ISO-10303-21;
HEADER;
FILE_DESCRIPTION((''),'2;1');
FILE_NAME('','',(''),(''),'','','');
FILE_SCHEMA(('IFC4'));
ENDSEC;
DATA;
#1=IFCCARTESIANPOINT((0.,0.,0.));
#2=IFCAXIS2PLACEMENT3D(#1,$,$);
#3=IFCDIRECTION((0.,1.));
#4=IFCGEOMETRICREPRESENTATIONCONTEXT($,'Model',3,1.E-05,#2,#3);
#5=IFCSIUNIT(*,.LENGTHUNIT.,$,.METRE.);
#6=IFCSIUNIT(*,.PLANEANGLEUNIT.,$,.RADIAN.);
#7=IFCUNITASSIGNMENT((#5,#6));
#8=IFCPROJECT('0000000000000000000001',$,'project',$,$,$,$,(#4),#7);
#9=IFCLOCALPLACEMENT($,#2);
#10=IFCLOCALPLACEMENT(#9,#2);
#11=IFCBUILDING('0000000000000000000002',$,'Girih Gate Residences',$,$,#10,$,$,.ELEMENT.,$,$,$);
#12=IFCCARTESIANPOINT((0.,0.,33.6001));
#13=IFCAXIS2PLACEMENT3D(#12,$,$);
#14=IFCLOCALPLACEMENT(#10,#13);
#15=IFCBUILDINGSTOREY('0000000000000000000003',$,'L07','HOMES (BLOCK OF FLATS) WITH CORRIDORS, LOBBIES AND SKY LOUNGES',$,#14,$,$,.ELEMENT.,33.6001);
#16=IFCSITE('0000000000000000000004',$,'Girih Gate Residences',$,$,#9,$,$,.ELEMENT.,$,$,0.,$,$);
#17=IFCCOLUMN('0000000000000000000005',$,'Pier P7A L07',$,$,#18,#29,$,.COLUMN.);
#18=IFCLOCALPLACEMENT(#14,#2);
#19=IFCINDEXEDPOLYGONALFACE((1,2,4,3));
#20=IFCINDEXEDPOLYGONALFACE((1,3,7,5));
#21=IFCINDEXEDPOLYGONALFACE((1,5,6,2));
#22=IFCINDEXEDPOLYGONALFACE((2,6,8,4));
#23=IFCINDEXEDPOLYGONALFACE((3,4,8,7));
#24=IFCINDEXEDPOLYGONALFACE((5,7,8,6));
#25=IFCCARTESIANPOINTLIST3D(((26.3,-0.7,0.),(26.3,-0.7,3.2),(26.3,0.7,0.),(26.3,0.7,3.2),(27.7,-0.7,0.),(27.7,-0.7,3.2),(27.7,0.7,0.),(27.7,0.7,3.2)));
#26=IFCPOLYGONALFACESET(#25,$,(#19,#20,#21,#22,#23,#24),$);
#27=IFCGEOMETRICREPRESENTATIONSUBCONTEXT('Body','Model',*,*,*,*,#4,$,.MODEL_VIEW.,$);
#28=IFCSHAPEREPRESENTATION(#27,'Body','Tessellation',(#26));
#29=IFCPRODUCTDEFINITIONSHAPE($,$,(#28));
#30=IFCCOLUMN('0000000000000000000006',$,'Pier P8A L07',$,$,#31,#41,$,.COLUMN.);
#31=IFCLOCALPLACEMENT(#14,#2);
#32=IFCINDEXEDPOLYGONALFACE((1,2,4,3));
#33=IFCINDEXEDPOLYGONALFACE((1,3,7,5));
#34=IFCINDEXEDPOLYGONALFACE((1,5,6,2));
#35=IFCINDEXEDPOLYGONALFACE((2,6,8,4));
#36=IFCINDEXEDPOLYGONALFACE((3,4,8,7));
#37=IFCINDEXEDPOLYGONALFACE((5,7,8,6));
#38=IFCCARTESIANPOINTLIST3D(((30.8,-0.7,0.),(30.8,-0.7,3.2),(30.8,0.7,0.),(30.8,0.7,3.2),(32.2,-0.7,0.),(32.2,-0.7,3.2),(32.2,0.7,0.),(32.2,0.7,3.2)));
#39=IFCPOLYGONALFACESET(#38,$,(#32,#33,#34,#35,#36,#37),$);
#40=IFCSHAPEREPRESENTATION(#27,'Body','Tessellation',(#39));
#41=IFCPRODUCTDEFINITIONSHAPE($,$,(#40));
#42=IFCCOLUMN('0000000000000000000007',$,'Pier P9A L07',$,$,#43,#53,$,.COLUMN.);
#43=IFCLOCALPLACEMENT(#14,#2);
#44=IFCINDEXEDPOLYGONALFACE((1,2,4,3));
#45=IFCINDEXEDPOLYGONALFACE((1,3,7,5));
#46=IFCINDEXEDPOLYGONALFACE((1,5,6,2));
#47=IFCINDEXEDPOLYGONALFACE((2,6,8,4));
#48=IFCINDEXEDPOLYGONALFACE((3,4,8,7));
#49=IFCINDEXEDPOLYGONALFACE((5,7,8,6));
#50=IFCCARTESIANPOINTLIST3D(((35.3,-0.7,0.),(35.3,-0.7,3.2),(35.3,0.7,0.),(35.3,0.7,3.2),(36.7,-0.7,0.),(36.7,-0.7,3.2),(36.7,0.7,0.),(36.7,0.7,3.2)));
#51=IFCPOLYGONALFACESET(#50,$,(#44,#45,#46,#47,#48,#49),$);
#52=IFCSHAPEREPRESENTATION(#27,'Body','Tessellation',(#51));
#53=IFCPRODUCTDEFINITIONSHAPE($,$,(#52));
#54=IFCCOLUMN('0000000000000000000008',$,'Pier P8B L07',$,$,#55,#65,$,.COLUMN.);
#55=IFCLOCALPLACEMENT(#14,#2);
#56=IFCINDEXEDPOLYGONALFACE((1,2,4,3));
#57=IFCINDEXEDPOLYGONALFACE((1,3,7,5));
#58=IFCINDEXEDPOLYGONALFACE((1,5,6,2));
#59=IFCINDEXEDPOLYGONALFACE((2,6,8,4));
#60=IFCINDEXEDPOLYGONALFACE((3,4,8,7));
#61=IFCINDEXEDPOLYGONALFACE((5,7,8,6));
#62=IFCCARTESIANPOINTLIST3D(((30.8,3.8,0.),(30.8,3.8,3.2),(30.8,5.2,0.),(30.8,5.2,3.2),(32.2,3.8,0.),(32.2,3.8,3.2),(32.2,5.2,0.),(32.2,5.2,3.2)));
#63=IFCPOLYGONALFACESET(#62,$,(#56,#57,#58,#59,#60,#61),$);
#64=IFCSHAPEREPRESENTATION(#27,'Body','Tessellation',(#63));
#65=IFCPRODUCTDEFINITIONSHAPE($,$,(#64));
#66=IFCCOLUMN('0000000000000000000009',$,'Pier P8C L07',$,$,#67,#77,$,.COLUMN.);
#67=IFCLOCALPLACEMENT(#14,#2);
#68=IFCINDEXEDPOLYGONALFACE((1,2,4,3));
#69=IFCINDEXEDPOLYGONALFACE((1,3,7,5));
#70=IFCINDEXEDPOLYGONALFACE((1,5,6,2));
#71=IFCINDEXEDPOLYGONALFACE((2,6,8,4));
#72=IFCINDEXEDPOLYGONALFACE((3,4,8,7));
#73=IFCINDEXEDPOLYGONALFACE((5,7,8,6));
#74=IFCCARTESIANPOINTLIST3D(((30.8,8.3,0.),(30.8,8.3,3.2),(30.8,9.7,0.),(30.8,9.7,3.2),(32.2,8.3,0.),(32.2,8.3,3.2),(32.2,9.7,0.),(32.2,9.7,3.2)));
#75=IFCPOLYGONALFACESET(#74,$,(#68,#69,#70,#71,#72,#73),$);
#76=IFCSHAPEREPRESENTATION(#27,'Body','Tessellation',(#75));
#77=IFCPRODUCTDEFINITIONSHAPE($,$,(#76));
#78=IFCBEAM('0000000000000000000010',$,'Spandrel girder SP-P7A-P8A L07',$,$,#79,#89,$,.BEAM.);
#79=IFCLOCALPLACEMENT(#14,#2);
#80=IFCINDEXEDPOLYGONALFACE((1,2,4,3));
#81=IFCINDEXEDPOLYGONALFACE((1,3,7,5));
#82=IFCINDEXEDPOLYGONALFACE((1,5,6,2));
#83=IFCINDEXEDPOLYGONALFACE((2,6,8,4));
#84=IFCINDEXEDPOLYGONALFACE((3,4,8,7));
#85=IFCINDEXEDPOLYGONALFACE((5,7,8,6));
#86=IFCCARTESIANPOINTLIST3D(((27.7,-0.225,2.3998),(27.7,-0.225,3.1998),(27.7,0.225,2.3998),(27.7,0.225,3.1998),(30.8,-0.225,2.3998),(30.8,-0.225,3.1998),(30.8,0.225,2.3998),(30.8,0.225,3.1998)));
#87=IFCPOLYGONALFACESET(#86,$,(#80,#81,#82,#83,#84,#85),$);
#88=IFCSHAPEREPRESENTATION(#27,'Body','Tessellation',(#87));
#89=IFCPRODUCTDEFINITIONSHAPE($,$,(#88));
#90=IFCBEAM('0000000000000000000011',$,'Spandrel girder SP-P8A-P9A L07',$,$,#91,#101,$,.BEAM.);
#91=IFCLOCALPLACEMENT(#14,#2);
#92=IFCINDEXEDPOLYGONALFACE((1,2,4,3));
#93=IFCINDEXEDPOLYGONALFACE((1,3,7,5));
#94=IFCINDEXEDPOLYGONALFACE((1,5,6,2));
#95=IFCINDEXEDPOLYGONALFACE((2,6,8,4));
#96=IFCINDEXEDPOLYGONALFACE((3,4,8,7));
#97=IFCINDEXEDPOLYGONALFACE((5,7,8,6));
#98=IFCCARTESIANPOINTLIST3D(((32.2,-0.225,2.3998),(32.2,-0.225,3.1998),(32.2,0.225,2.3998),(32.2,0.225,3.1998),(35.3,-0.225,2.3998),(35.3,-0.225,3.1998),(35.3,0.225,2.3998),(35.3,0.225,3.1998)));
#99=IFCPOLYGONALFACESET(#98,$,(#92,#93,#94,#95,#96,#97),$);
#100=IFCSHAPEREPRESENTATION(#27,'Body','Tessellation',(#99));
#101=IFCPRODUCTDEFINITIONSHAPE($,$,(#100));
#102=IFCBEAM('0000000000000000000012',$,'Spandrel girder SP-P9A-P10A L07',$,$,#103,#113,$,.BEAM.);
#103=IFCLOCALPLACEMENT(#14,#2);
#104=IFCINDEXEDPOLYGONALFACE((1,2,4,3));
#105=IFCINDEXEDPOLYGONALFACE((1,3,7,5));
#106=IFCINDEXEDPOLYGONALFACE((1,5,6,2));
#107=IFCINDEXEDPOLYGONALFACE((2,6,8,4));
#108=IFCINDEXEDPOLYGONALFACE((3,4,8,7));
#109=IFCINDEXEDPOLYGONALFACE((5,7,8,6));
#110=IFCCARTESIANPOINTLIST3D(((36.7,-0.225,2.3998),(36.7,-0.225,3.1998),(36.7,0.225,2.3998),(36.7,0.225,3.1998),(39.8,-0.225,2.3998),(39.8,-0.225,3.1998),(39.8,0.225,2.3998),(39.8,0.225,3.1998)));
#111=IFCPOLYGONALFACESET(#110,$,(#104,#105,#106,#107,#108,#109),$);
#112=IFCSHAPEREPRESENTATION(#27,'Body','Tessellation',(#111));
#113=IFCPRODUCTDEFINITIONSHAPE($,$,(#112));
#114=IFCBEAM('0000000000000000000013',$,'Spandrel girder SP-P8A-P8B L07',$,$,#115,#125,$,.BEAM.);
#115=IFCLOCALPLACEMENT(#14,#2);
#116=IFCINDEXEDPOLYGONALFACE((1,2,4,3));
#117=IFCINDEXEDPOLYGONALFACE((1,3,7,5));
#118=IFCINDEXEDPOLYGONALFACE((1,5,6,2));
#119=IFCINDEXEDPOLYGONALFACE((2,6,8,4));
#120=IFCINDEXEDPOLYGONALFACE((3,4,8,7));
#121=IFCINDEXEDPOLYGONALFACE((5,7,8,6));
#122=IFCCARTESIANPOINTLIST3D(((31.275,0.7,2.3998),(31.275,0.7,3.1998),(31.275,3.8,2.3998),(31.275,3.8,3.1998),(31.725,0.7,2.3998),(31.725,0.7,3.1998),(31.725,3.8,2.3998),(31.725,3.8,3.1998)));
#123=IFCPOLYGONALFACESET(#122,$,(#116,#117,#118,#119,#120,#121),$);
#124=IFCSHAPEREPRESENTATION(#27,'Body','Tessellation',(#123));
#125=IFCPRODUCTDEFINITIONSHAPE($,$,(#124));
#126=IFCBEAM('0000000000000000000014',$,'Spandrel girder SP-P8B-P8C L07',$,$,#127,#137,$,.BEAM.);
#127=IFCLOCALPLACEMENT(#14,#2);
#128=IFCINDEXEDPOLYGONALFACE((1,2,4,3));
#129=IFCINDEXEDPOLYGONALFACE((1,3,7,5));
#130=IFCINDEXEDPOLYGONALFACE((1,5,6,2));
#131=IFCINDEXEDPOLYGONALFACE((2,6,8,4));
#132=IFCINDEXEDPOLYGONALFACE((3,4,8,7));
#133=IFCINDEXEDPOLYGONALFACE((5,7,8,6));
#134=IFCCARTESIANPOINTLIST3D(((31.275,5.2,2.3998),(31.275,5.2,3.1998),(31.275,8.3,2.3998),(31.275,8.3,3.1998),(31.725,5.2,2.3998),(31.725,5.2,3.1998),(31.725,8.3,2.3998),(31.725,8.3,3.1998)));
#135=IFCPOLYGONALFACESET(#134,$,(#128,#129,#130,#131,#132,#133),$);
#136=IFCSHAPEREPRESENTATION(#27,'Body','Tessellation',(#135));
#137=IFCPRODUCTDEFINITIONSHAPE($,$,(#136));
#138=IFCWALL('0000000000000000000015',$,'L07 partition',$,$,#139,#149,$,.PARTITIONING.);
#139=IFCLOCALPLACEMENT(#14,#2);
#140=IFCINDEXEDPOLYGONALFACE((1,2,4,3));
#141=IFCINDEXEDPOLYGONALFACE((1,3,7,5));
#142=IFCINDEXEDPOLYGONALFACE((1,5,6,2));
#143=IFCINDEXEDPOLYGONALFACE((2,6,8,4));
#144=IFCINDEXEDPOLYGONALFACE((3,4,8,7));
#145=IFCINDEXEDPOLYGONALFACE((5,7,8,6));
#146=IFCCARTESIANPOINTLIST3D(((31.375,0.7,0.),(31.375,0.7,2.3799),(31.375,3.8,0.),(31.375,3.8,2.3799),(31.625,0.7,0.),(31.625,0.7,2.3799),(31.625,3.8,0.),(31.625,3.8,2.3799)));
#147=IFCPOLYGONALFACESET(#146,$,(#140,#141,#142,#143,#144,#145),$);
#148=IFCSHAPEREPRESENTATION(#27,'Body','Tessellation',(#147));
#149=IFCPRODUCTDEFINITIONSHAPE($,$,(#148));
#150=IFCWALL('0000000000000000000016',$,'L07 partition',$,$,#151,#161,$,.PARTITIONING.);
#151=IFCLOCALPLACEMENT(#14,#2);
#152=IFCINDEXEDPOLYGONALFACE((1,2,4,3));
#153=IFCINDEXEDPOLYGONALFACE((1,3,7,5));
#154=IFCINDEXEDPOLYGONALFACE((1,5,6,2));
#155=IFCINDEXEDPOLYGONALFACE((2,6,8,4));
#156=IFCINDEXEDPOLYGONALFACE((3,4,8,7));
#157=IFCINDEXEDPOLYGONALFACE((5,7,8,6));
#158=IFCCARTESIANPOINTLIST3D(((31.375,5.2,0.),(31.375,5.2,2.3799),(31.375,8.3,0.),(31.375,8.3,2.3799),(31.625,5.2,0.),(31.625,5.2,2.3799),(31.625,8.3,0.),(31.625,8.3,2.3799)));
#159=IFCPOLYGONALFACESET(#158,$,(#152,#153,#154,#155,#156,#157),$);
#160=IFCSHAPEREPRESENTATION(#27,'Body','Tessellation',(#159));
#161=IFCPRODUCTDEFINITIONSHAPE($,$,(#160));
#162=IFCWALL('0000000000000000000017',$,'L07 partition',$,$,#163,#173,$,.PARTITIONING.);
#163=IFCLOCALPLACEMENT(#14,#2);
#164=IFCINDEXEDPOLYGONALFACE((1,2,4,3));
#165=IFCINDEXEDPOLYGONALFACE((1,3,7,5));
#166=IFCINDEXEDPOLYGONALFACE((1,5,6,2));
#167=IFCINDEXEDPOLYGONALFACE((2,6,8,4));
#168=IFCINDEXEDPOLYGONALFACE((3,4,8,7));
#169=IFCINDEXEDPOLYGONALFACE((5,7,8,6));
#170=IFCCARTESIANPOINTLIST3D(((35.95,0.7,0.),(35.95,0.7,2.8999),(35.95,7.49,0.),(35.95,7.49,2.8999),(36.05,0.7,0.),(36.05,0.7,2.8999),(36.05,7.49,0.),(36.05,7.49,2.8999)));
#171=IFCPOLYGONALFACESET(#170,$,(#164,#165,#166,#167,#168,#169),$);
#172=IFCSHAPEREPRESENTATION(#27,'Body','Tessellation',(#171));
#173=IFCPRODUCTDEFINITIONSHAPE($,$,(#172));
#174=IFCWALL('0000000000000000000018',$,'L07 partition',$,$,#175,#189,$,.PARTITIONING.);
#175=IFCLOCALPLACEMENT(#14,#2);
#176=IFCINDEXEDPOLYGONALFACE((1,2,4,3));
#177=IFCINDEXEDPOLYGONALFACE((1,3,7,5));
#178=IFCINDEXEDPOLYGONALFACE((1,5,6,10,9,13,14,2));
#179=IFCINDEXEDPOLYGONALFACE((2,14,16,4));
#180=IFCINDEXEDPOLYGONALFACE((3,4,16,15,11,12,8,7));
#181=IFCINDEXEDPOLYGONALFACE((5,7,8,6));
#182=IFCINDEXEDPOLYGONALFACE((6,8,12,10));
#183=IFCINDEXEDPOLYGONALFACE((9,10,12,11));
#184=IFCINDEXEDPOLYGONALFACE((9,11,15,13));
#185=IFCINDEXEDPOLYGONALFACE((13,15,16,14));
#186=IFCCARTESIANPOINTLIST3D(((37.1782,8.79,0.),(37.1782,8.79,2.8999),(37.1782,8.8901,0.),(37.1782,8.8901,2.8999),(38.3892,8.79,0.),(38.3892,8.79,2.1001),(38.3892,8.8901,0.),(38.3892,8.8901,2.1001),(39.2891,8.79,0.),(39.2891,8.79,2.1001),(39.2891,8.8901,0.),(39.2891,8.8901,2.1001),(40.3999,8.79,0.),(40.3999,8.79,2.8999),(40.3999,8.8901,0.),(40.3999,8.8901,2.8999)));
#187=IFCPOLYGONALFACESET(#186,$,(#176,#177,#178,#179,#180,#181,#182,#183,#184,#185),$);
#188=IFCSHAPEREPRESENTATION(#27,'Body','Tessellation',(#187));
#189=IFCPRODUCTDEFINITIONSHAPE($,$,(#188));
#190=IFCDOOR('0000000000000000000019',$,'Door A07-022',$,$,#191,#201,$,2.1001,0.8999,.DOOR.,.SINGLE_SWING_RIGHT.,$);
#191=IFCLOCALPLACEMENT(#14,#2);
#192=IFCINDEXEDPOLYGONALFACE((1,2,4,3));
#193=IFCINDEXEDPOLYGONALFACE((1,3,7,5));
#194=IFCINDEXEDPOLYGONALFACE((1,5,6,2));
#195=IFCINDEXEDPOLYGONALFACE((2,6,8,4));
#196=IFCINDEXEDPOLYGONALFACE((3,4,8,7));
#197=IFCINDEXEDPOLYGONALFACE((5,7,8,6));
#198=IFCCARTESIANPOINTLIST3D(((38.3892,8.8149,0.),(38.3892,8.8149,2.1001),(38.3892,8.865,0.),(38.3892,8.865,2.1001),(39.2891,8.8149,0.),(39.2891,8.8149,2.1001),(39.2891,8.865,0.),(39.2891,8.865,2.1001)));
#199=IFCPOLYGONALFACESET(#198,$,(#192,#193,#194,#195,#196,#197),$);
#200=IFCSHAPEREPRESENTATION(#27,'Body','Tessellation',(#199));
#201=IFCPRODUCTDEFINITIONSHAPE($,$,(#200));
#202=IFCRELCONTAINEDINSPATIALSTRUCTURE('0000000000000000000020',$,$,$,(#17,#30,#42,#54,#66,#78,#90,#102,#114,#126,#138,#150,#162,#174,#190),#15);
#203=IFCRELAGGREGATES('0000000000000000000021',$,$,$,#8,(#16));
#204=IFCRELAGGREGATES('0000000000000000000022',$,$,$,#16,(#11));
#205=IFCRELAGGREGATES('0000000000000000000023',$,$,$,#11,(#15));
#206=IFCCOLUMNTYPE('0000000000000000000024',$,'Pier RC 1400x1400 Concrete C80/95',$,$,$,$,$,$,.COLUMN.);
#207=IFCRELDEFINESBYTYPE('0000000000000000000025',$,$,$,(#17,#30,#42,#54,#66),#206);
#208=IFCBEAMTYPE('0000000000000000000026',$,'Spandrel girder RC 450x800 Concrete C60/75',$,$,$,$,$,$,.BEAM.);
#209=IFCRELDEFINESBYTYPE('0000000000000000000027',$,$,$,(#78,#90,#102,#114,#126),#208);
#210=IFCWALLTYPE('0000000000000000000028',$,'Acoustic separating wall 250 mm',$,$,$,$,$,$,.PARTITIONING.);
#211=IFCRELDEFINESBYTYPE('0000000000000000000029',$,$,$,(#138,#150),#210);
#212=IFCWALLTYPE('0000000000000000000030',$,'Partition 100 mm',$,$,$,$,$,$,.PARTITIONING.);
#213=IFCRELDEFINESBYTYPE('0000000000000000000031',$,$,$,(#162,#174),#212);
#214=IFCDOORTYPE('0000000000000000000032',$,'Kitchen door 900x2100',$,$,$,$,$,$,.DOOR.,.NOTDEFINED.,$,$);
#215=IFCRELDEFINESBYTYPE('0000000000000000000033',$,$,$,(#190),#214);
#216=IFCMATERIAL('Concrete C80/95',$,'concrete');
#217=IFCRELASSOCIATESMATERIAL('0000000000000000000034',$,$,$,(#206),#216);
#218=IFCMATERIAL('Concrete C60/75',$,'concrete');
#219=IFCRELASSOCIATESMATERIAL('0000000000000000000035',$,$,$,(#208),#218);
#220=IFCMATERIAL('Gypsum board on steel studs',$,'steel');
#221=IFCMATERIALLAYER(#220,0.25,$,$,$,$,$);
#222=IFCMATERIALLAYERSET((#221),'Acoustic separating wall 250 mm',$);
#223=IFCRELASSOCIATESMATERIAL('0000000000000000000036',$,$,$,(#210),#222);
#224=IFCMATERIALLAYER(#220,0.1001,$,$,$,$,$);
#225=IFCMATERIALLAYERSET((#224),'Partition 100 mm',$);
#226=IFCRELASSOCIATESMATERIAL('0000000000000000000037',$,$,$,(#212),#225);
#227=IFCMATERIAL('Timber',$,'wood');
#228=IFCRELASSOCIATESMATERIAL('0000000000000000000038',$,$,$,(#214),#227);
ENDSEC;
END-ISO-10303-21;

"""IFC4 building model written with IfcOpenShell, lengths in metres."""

from ifc_helpers import new_model, si_unit, direction, frame, frame_2d, origin, origin_2d, place, context, subcontext, project, spatial, rectangle, extrude, material, layer, layer_set, material_profile, profile_set, type_object, element, fill, save


model = new_model("IFC4")

# Units and contexts
model_context = context("Model", 3, precision=1e-05, world=origin(), true_north=direction((0.0, 1.0)))
body_context = subcontext(model_context, "Body", "Model", "MODEL_VIEW")
ifc_project = project(units=[si_unit("LENGTHUNIT", "METRE"), si_unit("PLANEANGLEUNIT", "RADIAN")], contexts=[model_context])

# Site, building, storey
site_placement = place(None, origin())
site = spatial("IfcSite", under=ifc_project, at=site_placement, Name="Girih Gate Residences", CompositionType="ELEMENT", RefElevation=0.0)
building_placement = place(site_placement, origin())
building = spatial("IfcBuilding", under=site, at=building_placement, Name="Girih Gate Residences", CompositionType="ELEMENT")
storey_placement = place(building_placement, frame((0.0, 0.0, 33.6001)))
storey = spatial("IfcBuildingStorey", under=building, at=storey_placement, Name="L07", Description="HOMES (BLOCK OF FLATS) WITH CORRIDORS, LOBBIES AND SKY LOUNGES", CompositionType="ELEMENT", Elevation=33.6001)

# Columns
ifc_material_1 = material(Name="Concrete C80/95", Category="concrete")
ifc_material_profile_1 = material_profile(ifc_material_1, rectangle(XDim=1.3999, YDim=1.3999, at=origin_2d()))
ifc_profile_set_1 = profile_set([ifc_material_profile_1], Name="Concrete C80/95")
column_type = type_object("IfcColumnType", Name="Pier RC 1400x1400 Concrete C80/95", PredefinedType="COLUMN", material=ifc_profile_set_1)
for number, where, z_axis, x_axis, name in (
    (1, (27.0, 0.0, 0.0), (0.0, 0.0, 1.0), (1.0, 0.0, 0.0), "Pier P7A L07"),
    (2, (31.5, 0.0, 0.0), (0.0, 0.0, 1.0), (1.0, 0.0, 0.0), "Pier P8A L07"),
    (3, (36.0, 0.0, 0.0), (0.0, 0.0, 1.0), (1.0, 0.0, 0.0), "Pier P9A L07"),
    (4, (31.5, 4.5, 0.0), (0.0, 0.0, 1.0), (1.0, 0.0, 0.0), "Pier P8B L07"),
    (5, (31.5, 9.0, 0.0), (0.0, 0.0, 1.0), (1.0, 0.0, 0.0), "Pier P8C L07"),
):
    element("IfcColumn", number, at=place(storey_placement, frame(where, z_axis=z_axis, x_axis=x_axis)), inside=storey, type_object=column_type, Name=name, PredefinedType="COLUMN", context=body_context, shape_type="SweptSolid", body=[
        extrude(rectangle(XDim=1.3999, YDim=1.3999, at=origin_2d()), origin(), (0.0, 0.0, 1.0), 3.2),
    ])

# Beams
ifc_material_2 = material(Name="Concrete C60/75", Category="concrete")
ifc_material_profile_2 = material_profile(ifc_material_2, rectangle(XDim=0.45, YDim=0.8, at=origin_2d()))
ifc_profile_set_2 = profile_set([ifc_material_profile_2], Name="Concrete C60/75")
beam_type = type_object("IfcBeamType", Name="Spandrel girder RC 450x800 Concrete C60/75", PredefinedType="BEAM", material=ifc_profile_set_2)
for number, where, z_axis, x_axis, name in (
    (6, (27.7, 0.0, 2.7998), (1.0, 0.0, 0.0), (0.0, 1.0, 0.0), "Spandrel girder SP-P7A-P8A L07"),
    (7, (32.2, 0.0, 2.7998), (1.0, 0.0, 0.0), (0.0, 1.0, 0.0), "Spandrel girder SP-P8A-P9A L07"),
    (8, (36.7, 0.0, 2.7998), (1.0, 0.0, 0.0), (0.0, 1.0, 0.0), "Spandrel girder SP-P9A-P10A L07"),
    (9, (31.5, 0.7, 2.7998), (0.0, 1.0, 0.0), (-1.0, 0.0, 0.0), "Spandrel girder SP-P8A-P8B L07"),
    (10, (31.5, 5.2, 2.7998), (0.0, 1.0, 0.0), (-1.0, 0.0, 0.0), "Spandrel girder SP-P8B-P8C L07"),
):
    element("IfcBeam", number, at=place(storey_placement, frame(where, z_axis=z_axis, x_axis=x_axis)), inside=storey, type_object=beam_type, Name=name, PredefinedType="BEAM", context=body_context, shape_type="SweptSolid", body=[
        extrude(rectangle(XDim=0.45, YDim=0.8, at=origin_2d()), origin(), (0.0, 0.0, 1.0), 3.1001),
    ])

# Walls
ifc_material_3 = material(Name="Gypsum board on steel studs", Category="steel")
ifc_layer_1 = layer(ifc_material_3, 0.25)
ifc_layer_set_1 = layer_set([ifc_layer_1], Name="Acoustic separating wall 250 mm")
wall_type_1 = type_object("IfcWallType", Name="Acoustic separating wall 250 mm", PredefinedType="PARTITIONING", material=ifc_layer_set_1)
for number, where, z_axis, x_axis, name in (
    (11, (31.5, 0.7, 0.0), (0.0, 0.0, 1.0), (0.0, 1.0, 0.0), "L07 partition"),
    (12, (31.5, 5.2, 0.0), (0.0, 0.0, 1.0), (0.0, 1.0, 0.0), "L07 partition"),
):
    element("IfcWall", number, at=place(storey_placement, frame(where, z_axis=z_axis, x_axis=x_axis)), inside=storey, type_object=wall_type_1, Name=name, PredefinedType="PARTITIONING", context=body_context, shape_type="SweptSolid", body=[
        extrude(rectangle(XDim=3.1001, YDim=0.25, at=frame_2d((1.55, 0.0))), origin(), (0.0, 0.0, 1.0), 2.3799),
    ])
ifc_layer_2 = layer(ifc_material_3, 0.1001)
ifc_layer_set_2 = layer_set([ifc_layer_2], Name="Partition 100 mm")
wall_type_2 = type_object("IfcWallType", Name="Partition 100 mm", PredefinedType="PARTITIONING", material=ifc_layer_set_2)
wall_1_placement = place(storey_placement, frame((36.0, 0.7, 0.0), z_axis=(0.0, 0.0, 1.0), x_axis=(0.0, 1.0, 0.0)))
element("IfcWall", 13, at=wall_1_placement, inside=storey, type_object=wall_type_2, Name="L07 partition", PredefinedType="PARTITIONING", context=body_context, shape_type="SweptSolid", body=[
    extrude(rectangle(XDim=6.79, YDim=0.1001, at=frame_2d((3.395, 0.0))), origin(), (0.0, 0.0, 1.0), 2.8999),
])

# Wall, opening, door
wall_2_placement = place(storey_placement, frame((37.1782, 8.8401, 0.0), z_axis=(0.0, 0.0, 1.0), x_axis=(1.0, 0.0, 0.0)))
wall_2 = element("IfcWall", 14, at=wall_2_placement, inside=storey, type_object=wall_type_2, Name="L07 partition", PredefinedType="PARTITIONING", context=body_context, shape_type="SweptSolid", body=[
    extrude(rectangle(XDim=3.2217, YDim=0.1001, at=frame_2d((1.6108, 0.0))), origin(), (0.0, 0.0, 1.0), 2.8999),
])
opening_1_placement = place(wall_2_placement, frame((1.2109, 0.0, 0.0)))
opening_1 = element("IfcOpeningElement", 15, at=opening_1_placement, cuts=wall_2, PredefinedType="OPENING", context=body_context, shape_type="SweptSolid", body=[
    extrude(rectangle(XDim=0.8999, YDim=2.1001, at=frame_2d((0.45, 1.05))), frame((0.0, 0.0601, 0.0), z_axis=(0.0, -1.0, 0.0), x_axis=(1.0, 0.0, 0.0)), (0.0, 0.0, 1.0), 0.1201),
])
ifc_material_4 = material(Name="Timber", Category="wood")
door_type_1 = type_object("IfcDoorType", Name="Kitchen door 900x2100", OperationType="NOTDEFINED", PredefinedType="DOOR", material=ifc_material_4)
door_1_placement = place(opening_1_placement, origin())
door_1 = element("IfcDoor", 16, at=door_1_placement, inside=storey, type_object=door_type_1, Name="Door A07-022", OperationType="SINGLE_SWING_RIGHT", OverallHeight=2.1001, OverallWidth=0.8999, PredefinedType="DOOR", context=body_context, shape_type="SweptSolid", body=[
    extrude(rectangle(XDim=0.8999, YDim=2.1001, at=frame_2d((0.45, 1.05))), frame((0.0, 0.0249, 0.0), z_axis=(0.0, -1.0, 0.0), x_axis=(1.0, 0.0, 0.0)), (0.0, 0.0, 1.0), 0.05),
])
fill(opening_1, door_1)

save(model, "model.ifc")
